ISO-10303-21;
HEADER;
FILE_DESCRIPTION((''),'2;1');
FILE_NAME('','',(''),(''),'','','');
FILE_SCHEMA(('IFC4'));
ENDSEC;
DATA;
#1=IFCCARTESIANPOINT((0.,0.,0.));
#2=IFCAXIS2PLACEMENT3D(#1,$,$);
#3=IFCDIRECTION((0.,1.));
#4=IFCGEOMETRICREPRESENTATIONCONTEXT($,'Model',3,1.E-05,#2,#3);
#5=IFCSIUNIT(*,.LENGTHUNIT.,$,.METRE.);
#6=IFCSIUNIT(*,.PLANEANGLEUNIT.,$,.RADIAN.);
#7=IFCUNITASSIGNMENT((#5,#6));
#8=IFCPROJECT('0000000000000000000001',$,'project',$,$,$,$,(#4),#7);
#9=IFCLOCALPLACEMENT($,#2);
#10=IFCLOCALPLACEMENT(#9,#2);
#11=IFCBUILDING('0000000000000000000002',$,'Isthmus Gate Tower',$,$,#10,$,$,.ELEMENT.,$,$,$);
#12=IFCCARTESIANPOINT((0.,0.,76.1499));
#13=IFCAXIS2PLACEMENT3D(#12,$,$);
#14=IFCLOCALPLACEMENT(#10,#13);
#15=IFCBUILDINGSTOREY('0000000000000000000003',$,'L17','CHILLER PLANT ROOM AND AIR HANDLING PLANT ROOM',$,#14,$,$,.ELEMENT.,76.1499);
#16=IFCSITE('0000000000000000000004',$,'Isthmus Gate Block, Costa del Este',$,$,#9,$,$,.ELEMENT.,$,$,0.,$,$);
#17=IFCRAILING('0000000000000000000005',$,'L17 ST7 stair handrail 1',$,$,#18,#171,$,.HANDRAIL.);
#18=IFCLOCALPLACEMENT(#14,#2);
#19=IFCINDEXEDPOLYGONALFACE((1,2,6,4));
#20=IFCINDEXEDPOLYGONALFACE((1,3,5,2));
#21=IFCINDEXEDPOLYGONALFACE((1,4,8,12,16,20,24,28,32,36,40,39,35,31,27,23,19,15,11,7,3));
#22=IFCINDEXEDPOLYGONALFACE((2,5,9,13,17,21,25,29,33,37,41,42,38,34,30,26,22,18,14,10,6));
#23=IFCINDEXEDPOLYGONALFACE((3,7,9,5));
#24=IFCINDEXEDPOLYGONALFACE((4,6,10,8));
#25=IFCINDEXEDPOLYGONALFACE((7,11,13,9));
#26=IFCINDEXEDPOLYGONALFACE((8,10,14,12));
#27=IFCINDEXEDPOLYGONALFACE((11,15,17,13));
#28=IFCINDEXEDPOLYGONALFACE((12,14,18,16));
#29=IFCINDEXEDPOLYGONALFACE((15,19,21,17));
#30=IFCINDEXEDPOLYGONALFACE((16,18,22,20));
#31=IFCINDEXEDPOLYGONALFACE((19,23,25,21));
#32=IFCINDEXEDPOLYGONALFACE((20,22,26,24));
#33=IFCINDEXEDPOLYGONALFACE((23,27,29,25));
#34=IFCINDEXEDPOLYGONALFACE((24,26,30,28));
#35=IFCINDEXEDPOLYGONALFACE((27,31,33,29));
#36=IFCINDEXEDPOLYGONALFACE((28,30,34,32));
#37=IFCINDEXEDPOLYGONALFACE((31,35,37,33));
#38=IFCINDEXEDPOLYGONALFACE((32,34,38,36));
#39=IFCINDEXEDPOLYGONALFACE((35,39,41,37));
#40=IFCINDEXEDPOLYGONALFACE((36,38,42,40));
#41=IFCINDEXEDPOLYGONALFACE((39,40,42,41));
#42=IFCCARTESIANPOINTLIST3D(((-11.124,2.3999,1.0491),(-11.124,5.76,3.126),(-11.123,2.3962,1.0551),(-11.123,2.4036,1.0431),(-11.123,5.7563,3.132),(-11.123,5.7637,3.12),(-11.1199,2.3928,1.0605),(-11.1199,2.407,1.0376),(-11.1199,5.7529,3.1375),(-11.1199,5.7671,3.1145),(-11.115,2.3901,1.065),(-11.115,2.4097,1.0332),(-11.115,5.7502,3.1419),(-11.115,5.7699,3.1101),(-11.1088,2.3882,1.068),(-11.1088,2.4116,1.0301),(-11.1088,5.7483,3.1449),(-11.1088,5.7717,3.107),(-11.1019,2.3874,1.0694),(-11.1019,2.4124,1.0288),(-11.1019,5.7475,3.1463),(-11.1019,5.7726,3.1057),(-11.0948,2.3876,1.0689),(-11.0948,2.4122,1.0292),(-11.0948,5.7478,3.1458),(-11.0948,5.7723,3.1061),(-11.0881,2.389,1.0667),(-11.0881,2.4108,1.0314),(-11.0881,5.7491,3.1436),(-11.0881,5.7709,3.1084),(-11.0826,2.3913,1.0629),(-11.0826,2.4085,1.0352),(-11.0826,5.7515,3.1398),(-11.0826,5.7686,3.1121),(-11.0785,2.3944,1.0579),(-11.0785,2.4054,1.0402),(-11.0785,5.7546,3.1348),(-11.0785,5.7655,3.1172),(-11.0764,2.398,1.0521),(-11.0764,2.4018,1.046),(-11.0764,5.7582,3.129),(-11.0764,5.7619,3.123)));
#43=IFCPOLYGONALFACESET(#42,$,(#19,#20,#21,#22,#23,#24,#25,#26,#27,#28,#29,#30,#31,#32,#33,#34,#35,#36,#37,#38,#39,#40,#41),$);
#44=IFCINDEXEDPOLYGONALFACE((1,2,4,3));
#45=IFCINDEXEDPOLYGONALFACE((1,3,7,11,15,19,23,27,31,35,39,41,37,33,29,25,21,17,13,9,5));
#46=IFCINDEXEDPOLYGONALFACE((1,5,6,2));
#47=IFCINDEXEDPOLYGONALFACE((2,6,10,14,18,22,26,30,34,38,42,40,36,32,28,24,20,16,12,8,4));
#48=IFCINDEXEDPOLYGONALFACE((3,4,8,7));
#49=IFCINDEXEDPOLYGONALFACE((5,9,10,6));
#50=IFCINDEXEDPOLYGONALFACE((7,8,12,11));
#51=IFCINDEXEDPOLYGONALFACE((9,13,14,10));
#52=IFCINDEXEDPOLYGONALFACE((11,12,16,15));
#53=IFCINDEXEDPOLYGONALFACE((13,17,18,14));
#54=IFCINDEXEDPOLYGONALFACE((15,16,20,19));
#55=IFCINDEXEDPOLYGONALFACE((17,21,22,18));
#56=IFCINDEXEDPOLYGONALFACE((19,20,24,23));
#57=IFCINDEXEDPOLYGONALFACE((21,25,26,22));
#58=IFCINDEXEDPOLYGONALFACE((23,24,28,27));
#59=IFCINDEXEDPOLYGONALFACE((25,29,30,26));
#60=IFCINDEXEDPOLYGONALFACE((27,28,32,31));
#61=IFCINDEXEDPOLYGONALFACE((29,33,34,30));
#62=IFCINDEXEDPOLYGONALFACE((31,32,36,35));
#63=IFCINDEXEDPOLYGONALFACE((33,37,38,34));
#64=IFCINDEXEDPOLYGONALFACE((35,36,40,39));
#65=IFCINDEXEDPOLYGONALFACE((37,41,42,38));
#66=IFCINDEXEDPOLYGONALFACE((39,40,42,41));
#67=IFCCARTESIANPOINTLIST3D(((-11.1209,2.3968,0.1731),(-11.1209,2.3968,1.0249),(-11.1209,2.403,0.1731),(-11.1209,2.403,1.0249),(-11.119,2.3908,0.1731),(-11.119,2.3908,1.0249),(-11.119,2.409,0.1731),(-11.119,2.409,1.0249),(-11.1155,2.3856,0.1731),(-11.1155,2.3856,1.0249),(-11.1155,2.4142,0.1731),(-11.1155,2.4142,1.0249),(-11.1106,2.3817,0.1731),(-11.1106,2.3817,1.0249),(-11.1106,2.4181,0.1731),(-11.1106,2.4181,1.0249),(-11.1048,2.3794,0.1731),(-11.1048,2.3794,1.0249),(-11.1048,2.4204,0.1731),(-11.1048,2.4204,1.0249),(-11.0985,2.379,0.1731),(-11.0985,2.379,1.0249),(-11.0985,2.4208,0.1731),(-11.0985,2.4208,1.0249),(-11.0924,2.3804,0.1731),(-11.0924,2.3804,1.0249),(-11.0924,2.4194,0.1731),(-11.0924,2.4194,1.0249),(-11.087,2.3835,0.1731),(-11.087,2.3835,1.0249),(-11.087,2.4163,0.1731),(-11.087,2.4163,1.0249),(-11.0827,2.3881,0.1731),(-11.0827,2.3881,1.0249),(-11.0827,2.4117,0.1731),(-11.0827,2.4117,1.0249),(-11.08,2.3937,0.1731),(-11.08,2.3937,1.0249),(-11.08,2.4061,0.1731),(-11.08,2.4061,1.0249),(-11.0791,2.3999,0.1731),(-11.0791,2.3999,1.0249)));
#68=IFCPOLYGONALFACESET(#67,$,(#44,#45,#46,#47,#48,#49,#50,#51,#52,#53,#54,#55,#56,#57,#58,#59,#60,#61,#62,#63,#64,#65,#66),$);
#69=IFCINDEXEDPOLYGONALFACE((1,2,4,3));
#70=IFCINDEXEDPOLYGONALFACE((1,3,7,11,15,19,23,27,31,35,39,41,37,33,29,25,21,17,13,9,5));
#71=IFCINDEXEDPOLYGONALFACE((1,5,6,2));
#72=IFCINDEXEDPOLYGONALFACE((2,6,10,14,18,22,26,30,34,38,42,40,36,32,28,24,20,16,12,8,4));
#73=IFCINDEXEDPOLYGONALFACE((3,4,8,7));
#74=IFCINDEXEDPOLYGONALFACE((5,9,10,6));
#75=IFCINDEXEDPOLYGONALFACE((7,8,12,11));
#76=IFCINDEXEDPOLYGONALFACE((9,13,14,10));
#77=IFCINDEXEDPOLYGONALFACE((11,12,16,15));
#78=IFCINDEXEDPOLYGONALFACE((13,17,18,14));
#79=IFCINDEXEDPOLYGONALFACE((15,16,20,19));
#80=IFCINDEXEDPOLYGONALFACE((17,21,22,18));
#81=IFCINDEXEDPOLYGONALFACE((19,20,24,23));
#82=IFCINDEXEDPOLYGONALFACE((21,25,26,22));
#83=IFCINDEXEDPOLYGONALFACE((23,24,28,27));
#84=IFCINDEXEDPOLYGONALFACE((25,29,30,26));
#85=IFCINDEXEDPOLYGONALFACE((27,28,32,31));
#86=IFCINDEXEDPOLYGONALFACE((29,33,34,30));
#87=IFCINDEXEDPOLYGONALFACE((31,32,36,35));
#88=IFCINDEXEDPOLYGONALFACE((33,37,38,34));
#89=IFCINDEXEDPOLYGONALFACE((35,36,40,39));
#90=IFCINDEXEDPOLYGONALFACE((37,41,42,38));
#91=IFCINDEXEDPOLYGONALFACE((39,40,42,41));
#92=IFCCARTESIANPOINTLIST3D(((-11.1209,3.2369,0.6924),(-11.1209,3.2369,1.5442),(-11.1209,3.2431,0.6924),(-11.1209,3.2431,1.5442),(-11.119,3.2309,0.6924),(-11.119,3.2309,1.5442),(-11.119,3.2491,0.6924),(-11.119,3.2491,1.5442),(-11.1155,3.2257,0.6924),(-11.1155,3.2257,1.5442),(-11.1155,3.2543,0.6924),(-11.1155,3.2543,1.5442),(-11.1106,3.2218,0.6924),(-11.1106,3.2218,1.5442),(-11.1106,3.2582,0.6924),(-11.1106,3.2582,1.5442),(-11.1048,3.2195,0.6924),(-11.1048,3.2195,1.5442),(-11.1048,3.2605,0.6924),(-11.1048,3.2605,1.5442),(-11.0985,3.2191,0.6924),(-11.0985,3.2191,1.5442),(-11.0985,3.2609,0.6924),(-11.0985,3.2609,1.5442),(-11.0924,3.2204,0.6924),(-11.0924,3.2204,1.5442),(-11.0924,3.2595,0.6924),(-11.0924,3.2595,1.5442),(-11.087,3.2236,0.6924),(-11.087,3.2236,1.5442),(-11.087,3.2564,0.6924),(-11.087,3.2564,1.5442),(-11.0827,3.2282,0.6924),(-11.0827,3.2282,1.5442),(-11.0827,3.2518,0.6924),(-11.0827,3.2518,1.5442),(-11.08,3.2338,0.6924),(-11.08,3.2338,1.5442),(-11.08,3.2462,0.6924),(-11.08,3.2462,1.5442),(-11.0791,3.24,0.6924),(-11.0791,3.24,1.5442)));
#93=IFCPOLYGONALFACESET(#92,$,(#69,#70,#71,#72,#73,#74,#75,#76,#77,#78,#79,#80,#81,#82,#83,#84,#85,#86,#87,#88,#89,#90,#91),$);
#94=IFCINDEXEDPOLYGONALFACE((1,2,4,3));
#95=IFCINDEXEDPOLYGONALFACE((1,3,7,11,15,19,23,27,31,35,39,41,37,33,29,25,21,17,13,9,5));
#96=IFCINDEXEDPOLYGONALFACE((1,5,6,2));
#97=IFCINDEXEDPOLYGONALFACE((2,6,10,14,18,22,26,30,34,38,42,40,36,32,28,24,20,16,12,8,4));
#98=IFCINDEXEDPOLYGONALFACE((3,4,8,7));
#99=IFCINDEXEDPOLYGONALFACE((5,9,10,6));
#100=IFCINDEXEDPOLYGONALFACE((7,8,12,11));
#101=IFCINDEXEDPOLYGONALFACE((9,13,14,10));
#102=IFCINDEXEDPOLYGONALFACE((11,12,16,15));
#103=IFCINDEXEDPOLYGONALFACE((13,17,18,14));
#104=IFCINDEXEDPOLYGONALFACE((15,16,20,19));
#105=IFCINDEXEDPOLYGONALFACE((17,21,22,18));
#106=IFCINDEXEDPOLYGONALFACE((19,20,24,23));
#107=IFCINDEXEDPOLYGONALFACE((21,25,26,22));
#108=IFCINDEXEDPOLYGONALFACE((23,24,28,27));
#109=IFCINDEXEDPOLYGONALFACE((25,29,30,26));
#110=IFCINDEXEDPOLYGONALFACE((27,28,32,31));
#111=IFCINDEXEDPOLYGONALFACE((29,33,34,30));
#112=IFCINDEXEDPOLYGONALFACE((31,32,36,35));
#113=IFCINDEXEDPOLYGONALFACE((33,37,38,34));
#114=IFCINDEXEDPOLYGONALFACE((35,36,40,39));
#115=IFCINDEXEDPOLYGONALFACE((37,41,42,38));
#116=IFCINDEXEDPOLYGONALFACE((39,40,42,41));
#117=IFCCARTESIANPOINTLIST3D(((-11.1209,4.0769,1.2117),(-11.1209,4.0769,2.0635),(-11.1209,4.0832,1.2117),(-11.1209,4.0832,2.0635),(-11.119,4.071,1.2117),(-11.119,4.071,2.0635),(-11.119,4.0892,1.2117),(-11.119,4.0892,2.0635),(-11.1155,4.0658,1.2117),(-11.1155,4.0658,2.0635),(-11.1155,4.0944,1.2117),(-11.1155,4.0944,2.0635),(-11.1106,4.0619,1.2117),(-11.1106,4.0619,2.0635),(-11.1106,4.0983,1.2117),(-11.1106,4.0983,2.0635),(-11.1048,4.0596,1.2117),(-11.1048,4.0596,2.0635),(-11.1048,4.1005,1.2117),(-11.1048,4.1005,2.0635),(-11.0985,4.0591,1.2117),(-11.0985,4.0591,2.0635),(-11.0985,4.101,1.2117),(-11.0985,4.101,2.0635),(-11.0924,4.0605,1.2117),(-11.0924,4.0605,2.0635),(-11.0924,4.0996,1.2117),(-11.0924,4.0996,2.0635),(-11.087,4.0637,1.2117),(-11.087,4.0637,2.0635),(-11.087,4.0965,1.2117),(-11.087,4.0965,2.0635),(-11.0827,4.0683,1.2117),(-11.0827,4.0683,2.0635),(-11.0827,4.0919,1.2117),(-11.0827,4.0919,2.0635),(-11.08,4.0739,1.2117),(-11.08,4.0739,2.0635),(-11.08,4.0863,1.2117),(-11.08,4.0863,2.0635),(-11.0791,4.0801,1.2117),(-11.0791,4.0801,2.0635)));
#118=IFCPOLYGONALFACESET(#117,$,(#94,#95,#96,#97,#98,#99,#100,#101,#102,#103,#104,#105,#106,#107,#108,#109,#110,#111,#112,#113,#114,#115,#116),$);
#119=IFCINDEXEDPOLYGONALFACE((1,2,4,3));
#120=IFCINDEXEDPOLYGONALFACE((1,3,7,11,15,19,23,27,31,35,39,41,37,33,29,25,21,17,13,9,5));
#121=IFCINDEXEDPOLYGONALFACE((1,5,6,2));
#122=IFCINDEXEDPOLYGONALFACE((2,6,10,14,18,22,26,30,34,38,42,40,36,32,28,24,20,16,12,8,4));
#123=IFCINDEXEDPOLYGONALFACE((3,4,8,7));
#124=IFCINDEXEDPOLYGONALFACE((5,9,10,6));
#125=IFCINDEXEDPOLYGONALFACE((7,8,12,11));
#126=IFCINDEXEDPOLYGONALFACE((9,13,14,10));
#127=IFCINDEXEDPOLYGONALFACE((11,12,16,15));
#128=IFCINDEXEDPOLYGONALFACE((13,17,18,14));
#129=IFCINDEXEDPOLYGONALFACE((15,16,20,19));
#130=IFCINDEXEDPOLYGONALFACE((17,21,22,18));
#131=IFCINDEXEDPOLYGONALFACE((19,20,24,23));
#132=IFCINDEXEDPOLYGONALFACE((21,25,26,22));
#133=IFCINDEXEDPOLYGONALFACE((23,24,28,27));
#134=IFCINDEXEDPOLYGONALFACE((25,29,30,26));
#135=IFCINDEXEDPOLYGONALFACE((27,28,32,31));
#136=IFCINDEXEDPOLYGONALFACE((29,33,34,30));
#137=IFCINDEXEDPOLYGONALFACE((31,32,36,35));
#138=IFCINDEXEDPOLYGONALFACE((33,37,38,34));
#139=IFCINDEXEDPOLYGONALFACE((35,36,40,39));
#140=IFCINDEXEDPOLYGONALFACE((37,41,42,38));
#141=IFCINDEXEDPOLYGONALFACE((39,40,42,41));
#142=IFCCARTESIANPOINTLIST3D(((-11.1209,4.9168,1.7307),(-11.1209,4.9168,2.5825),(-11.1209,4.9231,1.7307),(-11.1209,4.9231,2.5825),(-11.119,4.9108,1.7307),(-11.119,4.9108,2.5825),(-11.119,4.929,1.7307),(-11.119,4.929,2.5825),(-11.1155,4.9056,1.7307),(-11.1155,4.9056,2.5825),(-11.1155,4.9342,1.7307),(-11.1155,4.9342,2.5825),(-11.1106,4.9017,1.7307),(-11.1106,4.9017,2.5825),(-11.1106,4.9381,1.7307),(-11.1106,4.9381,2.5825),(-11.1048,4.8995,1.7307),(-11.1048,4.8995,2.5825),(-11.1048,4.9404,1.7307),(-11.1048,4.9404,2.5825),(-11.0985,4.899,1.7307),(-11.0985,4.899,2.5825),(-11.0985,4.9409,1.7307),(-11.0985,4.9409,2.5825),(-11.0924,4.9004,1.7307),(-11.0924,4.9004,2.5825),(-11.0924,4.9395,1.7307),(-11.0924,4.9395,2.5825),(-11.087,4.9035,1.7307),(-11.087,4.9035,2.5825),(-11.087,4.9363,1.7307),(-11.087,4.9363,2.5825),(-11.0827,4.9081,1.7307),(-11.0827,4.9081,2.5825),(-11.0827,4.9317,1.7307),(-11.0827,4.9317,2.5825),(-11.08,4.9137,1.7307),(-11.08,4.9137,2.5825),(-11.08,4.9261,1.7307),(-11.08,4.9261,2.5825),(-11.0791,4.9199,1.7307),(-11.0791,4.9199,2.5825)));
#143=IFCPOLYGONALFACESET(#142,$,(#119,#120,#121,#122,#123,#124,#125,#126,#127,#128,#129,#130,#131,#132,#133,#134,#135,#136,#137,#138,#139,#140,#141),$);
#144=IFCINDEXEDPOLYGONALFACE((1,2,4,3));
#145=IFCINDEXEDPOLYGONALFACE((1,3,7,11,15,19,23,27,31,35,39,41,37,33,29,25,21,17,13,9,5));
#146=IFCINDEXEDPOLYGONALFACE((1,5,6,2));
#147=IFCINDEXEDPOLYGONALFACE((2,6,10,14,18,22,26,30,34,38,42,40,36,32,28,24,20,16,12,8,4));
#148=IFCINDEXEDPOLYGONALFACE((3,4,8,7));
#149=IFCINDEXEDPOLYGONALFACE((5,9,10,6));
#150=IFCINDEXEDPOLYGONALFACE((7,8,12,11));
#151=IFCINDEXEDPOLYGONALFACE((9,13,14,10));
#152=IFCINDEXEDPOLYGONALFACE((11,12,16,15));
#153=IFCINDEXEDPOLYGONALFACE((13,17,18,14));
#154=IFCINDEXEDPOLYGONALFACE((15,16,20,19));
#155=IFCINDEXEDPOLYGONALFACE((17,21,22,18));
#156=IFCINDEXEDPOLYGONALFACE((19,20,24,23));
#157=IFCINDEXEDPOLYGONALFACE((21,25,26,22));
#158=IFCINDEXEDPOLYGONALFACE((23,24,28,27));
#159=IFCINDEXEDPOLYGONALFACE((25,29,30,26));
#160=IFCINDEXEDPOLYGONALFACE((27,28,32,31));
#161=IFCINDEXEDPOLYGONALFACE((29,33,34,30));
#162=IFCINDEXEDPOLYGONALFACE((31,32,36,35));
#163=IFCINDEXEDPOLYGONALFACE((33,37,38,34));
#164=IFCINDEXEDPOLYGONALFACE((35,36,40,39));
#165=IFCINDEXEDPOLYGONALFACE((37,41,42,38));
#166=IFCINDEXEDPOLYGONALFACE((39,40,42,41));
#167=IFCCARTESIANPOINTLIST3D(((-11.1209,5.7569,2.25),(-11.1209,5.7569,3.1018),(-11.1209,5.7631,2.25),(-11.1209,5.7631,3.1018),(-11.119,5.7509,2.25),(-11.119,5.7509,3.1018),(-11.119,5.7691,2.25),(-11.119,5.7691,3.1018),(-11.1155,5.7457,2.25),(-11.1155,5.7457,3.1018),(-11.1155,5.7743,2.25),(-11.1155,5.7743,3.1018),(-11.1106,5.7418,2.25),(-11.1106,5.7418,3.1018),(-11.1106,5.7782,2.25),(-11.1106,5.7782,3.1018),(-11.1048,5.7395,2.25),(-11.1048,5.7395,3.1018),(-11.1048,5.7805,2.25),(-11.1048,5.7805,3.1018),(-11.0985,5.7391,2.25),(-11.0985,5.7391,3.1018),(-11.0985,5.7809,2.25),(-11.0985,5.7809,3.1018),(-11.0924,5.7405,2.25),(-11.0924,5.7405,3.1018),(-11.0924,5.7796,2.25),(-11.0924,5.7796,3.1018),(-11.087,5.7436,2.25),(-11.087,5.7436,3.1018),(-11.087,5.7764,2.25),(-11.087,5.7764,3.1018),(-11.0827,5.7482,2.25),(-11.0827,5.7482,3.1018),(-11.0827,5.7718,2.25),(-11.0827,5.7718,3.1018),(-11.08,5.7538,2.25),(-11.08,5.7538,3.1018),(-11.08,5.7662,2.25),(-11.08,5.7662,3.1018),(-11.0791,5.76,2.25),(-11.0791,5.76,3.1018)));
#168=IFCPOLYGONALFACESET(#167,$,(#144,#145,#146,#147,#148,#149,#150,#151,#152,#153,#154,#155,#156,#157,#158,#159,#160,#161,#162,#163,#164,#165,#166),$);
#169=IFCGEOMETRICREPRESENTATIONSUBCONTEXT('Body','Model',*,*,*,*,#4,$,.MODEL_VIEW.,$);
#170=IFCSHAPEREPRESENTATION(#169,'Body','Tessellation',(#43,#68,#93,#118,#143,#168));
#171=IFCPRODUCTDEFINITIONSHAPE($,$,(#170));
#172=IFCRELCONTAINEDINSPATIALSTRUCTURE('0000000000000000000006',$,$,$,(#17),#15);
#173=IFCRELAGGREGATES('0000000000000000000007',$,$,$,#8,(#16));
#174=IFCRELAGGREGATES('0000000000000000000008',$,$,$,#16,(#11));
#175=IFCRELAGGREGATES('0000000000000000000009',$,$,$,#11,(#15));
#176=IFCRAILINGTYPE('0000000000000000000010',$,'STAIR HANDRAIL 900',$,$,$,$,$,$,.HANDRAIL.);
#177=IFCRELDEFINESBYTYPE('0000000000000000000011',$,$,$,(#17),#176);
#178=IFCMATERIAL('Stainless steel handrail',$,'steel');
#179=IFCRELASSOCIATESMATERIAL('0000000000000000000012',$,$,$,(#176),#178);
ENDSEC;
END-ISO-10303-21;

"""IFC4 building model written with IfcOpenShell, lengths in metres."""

from ifc_helpers import new_model, si_unit, direction, frame, origin, origin_2d, place, context, subcontext, project, spatial, circle, extrude, material, type_object, element, save


model = new_model("IFC4")

# Units and contexts
model_context = context("Model", 3, precision=1e-05, world=origin(), true_north=direction((0.0, 1.0)))
body_context = subcontext(model_context, "Body", "Model", "MODEL_VIEW")
ifc_project = project(units=[si_unit("LENGTHUNIT", "METRE"), si_unit("PLANEANGLEUNIT", "RADIAN")], contexts=[model_context])

# Site, building, storey
site_placement = place(None, origin())
site = spatial("IfcSite", under=ifc_project, at=site_placement, Name="Isthmus Gate Block, Costa del Este", CompositionType="ELEMENT", RefElevation=0.0)
building_placement = place(site_placement, origin())
building = spatial("IfcBuilding", under=site, at=building_placement, Name="Isthmus Gate Tower", CompositionType="ELEMENT")
storey_placement = place(building_placement, frame((0.0, 0.0, 76.1499)))
storey = spatial("IfcBuildingStorey", under=building, at=storey_placement, Name="L17", Description="CHILLER PLANT ROOM AND AIR HANDLING PLANT ROOM", CompositionType="ELEMENT", Elevation=76.1499)

# Railing
ifc_material_1 = material(Name="Stainless steel handrail", Category="steel")
railing_type = type_object("IfcRailingType", Name="STAIR HANDRAIL 900", PredefinedType="HANDRAIL", material=ifc_material_1)
for number, where, name in (
    (1, (-11.1001, 2.3999, 0.1731), "L17 ST7 stair handrail 1"),
):
    element("IfcRailing", number, at=place(storey_placement, frame(where)), inside=storey, type_object=railing_type, Name=name, PredefinedType="HANDRAIL", context=body_context, shape_type="SweptSolid", body=[
        extrude(circle(Radius=0.0239, at=origin_2d()), frame((0.0, 0.0, 0.876), z_axis=(0.0, 0.850623, 0.525776), x_axis=(-1.0, 0.0, 0.0)), (0.0, 0.0, 1.0), 3.9502),
        extrude(circle(Radius=0.021, at=origin_2d()), origin(), (0.0, 0.0, 1.0), 0.8518),
        extrude(circle(Radius=0.021, at=origin_2d()), frame((0.0, 0.8401, 0.5193)), (0.0, 0.0, 1.0), 0.8518),
        extrude(circle(Radius=0.021, at=origin_2d()), frame((0.0, 1.6802, 1.0386)), (0.0, 0.0, 1.0), 0.8518),
        extrude(circle(Radius=0.021, at=origin_2d()), frame((0.0, 2.52, 1.5576)), (0.0, 0.0, 1.0), 0.8518),
        extrude(circle(Radius=0.021, at=origin_2d()), frame((0.0, 3.3601, 2.0769)), (0.0, 0.0, 1.0), 0.8518),
    ])

save(model, "model.ifc")
